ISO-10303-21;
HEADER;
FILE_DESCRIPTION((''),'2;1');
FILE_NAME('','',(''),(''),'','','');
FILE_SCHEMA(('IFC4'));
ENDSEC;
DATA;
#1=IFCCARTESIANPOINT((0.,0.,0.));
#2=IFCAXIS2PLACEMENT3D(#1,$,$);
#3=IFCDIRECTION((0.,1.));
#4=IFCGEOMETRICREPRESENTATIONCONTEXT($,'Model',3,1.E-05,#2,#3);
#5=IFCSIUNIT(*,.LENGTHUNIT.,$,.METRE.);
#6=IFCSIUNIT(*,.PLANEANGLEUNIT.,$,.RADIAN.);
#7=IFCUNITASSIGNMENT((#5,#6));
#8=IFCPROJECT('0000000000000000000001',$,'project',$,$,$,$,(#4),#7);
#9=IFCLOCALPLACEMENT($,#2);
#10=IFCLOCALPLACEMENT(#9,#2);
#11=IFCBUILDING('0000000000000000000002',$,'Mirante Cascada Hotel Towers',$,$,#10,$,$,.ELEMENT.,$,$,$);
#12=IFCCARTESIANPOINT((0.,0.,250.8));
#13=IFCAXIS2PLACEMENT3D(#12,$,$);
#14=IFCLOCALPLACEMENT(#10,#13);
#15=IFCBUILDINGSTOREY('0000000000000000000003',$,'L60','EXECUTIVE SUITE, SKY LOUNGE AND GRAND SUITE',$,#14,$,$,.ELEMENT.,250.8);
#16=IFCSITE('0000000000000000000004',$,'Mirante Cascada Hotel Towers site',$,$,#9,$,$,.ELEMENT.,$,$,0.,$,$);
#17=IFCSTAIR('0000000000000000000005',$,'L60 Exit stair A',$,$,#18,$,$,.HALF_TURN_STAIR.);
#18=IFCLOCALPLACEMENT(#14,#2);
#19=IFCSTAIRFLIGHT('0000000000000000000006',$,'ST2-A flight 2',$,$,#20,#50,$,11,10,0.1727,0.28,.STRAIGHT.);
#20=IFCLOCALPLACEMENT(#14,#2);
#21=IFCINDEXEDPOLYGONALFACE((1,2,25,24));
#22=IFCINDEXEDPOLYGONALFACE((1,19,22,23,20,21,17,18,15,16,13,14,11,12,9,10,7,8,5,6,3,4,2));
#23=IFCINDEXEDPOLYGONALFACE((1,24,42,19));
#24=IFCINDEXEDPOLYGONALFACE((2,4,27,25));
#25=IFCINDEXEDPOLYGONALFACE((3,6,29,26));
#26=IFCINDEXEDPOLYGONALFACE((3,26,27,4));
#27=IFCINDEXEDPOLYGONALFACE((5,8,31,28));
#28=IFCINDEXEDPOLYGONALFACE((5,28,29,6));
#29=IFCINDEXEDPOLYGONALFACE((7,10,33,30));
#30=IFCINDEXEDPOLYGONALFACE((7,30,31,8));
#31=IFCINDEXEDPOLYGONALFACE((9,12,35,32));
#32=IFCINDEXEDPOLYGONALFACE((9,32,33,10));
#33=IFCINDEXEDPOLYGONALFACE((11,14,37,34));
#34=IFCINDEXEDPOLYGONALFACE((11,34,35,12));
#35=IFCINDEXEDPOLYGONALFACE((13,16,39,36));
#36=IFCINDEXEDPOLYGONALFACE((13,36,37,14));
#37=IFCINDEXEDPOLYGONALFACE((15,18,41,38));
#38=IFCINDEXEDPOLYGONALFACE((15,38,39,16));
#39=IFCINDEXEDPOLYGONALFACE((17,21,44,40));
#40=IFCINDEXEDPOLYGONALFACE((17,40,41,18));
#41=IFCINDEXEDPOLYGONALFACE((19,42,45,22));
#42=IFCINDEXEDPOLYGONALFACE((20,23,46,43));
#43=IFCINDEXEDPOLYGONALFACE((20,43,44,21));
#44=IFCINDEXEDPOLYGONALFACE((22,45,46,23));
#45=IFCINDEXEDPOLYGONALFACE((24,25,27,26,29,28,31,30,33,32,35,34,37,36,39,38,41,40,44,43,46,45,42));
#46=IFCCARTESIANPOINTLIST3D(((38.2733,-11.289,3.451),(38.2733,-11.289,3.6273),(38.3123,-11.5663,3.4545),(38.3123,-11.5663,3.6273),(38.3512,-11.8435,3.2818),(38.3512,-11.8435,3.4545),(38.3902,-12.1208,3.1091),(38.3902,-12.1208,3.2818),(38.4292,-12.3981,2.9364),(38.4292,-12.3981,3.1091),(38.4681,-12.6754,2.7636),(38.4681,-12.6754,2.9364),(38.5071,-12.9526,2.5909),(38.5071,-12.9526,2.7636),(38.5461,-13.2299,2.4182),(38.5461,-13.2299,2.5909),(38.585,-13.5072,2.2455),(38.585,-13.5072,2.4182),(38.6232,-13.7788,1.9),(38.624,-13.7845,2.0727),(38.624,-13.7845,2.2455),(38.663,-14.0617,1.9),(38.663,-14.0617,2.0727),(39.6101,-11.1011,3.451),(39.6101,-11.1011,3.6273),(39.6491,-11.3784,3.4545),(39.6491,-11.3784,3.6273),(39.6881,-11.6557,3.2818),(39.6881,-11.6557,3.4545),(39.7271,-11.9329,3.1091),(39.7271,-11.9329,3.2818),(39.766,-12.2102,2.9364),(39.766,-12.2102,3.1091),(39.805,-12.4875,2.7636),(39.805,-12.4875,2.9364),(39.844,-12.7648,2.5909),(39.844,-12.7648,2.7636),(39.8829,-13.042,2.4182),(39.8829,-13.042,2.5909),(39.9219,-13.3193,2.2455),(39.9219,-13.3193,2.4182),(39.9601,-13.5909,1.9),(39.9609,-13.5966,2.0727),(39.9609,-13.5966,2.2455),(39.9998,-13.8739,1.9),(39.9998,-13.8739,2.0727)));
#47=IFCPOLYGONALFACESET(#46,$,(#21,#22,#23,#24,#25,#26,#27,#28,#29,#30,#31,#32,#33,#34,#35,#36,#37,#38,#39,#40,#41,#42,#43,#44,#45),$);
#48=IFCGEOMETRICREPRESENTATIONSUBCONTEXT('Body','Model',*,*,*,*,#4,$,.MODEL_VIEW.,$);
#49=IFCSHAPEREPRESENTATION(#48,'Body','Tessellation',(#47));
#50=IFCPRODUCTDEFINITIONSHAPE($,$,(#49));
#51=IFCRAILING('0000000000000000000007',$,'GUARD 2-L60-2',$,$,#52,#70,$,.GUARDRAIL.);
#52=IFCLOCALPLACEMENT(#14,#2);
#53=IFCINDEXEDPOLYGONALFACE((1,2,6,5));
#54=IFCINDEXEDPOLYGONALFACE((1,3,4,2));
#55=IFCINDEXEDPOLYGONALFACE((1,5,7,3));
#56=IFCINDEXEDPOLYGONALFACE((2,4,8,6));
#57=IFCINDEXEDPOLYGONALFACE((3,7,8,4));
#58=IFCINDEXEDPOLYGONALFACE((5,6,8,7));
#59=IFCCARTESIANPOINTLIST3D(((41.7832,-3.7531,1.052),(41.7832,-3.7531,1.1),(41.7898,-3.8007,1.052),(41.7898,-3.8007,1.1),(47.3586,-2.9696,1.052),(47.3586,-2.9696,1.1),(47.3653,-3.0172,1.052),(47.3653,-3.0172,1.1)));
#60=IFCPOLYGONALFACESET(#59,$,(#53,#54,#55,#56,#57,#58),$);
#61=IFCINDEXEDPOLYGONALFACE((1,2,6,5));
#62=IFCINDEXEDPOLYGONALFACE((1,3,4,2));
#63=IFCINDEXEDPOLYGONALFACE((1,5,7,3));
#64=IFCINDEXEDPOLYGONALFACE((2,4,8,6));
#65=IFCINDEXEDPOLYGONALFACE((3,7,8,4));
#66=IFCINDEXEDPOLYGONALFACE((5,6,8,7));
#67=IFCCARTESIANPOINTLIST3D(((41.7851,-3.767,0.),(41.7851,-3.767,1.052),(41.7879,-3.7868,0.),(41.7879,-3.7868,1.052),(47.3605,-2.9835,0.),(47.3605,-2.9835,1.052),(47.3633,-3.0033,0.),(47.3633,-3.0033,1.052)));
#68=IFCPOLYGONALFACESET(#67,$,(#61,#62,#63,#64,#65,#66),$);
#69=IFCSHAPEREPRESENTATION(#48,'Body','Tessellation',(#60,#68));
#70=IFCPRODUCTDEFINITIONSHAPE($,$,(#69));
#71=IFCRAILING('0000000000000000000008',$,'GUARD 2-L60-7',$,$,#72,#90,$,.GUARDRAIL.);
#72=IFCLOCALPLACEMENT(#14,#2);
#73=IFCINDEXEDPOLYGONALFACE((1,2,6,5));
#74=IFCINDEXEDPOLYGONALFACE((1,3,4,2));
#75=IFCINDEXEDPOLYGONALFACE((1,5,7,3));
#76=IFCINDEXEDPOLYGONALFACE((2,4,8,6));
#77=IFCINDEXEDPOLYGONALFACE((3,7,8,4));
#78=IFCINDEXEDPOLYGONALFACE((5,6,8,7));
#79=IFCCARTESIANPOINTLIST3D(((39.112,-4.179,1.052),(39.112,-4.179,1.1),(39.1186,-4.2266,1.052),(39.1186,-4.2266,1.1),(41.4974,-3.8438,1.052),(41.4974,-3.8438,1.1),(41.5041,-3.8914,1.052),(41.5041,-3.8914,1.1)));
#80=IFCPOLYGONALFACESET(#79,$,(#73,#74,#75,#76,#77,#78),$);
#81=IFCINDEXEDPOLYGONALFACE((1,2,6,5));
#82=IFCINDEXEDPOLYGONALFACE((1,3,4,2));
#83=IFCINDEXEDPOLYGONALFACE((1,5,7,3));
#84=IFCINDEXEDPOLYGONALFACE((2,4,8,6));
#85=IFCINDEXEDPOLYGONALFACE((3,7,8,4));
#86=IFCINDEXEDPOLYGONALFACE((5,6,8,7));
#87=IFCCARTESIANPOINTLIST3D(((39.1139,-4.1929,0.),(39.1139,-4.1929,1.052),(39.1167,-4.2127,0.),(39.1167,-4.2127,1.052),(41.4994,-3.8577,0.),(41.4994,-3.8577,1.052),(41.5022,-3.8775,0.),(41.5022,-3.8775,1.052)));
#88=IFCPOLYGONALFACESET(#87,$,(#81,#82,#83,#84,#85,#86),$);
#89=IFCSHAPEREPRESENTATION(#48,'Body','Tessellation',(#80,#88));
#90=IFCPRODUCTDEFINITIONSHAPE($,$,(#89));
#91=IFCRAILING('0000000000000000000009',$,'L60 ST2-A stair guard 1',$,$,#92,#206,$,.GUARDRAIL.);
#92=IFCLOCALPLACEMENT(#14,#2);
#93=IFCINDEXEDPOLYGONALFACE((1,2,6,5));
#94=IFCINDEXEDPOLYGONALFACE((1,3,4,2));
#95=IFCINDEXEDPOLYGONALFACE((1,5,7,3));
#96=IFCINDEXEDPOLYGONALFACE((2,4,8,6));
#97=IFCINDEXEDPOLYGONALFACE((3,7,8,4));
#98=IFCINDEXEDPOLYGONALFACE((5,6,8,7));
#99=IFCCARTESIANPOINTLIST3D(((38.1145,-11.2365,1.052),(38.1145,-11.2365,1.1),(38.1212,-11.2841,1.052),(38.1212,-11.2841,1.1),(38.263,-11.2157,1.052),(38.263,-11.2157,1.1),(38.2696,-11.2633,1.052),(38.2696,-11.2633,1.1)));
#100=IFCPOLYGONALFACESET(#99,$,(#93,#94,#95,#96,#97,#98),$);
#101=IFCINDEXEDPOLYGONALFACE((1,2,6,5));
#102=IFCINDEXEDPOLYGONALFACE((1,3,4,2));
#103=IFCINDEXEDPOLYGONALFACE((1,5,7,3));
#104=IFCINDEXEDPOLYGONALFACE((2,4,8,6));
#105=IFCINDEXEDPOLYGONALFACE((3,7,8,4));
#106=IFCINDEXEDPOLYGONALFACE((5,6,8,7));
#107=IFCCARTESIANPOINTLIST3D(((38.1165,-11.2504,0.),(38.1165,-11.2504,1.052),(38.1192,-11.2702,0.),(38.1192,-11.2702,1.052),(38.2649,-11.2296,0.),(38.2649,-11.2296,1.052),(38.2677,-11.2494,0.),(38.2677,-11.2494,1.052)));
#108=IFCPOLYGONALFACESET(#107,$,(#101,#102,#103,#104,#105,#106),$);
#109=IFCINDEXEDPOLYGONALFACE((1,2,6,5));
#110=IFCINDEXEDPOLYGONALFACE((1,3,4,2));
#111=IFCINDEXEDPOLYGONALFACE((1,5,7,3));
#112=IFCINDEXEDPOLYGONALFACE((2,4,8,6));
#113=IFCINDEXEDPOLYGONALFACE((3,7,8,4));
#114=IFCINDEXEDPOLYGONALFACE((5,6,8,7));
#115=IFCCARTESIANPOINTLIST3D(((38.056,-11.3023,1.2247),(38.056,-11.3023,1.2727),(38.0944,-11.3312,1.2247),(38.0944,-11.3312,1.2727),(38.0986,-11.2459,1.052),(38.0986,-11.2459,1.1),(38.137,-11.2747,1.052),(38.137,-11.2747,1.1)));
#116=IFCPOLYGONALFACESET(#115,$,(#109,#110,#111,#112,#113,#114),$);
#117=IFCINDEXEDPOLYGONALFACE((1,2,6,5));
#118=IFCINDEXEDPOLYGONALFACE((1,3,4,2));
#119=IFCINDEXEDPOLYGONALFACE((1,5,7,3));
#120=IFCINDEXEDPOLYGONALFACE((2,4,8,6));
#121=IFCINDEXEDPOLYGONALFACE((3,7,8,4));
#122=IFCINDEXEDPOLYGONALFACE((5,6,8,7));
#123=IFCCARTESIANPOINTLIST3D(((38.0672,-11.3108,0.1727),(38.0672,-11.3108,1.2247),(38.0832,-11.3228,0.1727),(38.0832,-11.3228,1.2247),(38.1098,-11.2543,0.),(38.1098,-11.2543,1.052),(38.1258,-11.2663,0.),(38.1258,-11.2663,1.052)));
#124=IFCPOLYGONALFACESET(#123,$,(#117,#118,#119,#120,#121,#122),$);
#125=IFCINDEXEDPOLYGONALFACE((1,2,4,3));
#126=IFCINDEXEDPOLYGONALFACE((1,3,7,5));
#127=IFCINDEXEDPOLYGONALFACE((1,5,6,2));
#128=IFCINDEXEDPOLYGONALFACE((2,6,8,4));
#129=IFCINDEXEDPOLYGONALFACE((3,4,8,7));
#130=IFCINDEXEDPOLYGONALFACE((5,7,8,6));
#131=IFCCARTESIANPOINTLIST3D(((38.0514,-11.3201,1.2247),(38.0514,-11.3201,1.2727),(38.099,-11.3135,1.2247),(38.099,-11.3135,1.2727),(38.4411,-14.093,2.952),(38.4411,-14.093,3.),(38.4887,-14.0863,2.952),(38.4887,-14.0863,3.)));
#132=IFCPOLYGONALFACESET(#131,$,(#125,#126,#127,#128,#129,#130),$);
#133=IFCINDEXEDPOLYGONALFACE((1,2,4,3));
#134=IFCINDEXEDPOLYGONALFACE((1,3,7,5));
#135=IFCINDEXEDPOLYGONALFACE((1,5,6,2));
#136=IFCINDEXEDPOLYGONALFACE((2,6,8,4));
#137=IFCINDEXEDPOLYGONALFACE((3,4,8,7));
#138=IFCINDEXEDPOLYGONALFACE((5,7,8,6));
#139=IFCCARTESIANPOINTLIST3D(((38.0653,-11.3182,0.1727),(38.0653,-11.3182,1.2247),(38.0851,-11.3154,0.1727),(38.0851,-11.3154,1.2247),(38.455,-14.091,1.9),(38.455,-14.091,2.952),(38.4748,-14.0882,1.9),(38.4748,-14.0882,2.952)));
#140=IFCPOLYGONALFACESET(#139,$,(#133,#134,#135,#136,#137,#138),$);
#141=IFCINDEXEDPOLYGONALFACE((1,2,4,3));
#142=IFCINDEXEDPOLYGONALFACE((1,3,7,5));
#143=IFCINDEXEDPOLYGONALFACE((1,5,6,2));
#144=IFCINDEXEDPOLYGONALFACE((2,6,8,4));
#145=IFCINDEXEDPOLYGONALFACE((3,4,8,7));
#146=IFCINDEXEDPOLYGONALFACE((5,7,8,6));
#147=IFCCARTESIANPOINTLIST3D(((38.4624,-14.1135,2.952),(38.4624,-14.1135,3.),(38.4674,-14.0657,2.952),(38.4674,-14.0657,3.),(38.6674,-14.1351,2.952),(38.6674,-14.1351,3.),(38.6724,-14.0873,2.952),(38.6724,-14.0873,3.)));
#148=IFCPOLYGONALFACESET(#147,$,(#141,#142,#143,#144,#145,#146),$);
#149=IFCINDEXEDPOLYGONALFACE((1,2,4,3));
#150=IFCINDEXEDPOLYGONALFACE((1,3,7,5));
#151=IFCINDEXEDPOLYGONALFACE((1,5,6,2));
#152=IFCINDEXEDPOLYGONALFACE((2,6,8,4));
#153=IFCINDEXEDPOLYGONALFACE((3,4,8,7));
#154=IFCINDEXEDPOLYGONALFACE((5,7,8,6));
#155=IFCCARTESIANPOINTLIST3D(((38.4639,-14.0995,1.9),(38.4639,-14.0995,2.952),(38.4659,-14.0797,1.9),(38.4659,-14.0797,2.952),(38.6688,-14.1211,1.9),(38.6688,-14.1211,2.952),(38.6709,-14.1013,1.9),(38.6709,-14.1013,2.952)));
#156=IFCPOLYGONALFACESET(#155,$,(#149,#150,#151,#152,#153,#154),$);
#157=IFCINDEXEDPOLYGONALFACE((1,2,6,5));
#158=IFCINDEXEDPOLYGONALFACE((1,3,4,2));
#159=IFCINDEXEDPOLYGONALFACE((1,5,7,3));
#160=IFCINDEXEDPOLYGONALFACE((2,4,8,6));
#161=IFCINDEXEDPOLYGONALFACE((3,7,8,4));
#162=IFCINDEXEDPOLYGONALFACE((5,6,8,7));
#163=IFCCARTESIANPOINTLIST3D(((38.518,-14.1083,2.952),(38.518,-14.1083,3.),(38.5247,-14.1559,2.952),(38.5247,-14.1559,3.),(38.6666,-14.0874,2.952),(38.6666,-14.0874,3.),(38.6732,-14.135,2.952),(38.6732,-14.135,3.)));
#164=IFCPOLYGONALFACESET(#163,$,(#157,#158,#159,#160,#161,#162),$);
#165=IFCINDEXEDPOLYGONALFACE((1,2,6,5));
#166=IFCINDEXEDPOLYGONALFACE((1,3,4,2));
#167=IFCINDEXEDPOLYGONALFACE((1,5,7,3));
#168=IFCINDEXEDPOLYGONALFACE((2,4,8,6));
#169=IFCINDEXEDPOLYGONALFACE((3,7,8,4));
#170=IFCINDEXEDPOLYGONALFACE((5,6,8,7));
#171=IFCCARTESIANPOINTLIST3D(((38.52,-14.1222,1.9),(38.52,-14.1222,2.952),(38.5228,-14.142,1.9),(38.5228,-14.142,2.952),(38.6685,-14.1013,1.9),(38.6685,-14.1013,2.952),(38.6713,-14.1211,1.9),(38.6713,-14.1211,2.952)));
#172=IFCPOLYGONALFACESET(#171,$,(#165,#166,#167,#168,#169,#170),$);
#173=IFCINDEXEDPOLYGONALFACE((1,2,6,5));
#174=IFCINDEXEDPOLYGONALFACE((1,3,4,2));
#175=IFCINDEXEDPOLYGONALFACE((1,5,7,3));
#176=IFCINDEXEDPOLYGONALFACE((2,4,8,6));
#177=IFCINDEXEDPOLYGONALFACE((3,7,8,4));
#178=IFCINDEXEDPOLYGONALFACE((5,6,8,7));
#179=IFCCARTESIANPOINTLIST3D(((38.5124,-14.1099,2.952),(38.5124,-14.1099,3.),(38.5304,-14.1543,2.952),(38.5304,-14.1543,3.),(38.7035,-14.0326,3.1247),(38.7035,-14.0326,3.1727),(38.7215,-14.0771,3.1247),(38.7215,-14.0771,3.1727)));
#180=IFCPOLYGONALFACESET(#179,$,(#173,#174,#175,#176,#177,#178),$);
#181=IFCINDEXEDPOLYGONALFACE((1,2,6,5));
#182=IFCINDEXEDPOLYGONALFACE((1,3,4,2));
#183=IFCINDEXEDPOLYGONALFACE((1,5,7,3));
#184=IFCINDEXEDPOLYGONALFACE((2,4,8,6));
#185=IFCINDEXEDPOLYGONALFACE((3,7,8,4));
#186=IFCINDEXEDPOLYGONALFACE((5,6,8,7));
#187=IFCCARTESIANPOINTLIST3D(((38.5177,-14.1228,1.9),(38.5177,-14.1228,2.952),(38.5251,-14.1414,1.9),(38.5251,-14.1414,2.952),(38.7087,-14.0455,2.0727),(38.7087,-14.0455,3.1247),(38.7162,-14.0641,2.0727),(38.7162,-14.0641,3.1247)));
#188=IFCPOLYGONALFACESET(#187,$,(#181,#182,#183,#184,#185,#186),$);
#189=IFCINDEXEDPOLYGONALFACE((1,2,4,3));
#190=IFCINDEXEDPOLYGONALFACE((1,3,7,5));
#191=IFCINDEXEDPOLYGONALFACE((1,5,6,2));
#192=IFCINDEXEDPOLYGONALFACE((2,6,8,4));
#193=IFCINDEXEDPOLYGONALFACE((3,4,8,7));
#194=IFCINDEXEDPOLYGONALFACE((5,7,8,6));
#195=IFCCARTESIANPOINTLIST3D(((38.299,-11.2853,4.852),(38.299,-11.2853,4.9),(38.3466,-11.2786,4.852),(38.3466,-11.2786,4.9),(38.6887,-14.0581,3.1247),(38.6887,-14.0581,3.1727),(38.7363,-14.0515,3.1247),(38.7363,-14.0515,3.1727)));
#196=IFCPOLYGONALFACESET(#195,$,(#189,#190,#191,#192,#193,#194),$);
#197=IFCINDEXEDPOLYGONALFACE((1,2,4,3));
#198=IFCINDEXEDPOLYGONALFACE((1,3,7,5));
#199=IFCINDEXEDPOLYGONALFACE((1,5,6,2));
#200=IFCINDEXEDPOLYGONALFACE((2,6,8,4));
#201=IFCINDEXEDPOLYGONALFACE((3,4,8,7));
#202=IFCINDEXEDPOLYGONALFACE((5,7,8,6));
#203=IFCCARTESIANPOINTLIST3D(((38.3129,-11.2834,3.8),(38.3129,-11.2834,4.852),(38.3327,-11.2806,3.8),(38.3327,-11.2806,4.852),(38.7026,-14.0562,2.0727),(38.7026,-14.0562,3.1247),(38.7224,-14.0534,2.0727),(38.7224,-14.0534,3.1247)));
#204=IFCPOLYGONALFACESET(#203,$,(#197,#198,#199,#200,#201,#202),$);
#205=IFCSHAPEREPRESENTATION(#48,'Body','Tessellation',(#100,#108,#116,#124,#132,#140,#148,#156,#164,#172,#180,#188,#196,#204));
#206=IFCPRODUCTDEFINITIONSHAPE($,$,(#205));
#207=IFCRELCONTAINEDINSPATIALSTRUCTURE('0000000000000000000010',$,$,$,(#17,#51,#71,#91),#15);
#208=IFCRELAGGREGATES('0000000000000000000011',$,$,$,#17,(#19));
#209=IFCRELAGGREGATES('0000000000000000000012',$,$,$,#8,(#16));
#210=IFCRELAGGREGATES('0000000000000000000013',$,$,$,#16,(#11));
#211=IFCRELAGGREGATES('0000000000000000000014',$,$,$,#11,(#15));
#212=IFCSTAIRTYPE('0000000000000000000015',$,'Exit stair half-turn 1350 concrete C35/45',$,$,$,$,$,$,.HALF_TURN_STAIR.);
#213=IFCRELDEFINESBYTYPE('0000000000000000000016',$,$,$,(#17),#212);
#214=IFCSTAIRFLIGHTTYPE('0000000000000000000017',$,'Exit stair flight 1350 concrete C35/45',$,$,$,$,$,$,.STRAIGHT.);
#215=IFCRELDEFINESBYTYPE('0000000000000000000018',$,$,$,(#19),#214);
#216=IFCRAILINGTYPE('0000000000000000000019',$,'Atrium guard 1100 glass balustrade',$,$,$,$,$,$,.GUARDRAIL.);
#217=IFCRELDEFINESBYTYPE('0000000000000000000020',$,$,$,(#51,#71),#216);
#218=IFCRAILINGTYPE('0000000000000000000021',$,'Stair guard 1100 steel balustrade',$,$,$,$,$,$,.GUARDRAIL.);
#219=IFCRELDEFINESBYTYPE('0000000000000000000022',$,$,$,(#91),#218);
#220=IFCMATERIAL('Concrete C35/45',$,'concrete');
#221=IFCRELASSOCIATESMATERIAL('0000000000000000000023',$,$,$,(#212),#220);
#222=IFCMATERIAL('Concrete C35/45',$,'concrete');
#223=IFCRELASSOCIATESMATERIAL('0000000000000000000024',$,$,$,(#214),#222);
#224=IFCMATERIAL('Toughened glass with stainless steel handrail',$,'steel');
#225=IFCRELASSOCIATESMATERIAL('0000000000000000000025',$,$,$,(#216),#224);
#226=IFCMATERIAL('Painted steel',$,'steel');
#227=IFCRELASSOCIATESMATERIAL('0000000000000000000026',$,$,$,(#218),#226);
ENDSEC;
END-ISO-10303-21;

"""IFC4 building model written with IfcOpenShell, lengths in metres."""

from ifc_helpers import new_model, si_unit, direction, frame, origin, origin_2d, place, context, subcontext, project, spatial, polyline, rectangle, outline, extrude, material, type_object, element, aggregate, save


model = new_model("IFC4")

# Units and contexts
model_context = context("Model", 3, precision=1e-05, world=origin(), true_north=direction((0.0, 1.0)))
body_context = subcontext(model_context, "Body", "Model", "MODEL_VIEW")
ifc_project = project(units=[si_unit("LENGTHUNIT", "METRE"), si_unit("PLANEANGLEUNIT", "RADIAN")], contexts=[model_context])

# Site, building, storey
site_placement = place(None, origin())
site = spatial("IfcSite", under=ifc_project, at=site_placement, Name="Mirante Cascada Hotel Towers site", CompositionType="ELEMENT", RefElevation=0.0)
building_placement = place(site_placement, origin())
building = spatial("IfcBuilding", under=site, at=building_placement, Name="Mirante Cascada Hotel Towers", CompositionType="ELEMENT")
storey_placement = place(building_placement, frame((0.0, 0.0, 250.8)))
storey = spatial("IfcBuildingStorey", under=building, at=storey_placement, Name="L60", Description="EXECUTIVE SUITE, SKY LOUNGE AND GRAND SUITE", CompositionType="ELEMENT", Elevation=250.8)

# Stair, stair flight
ifc_material_1 = material(Name="Concrete C35/45", Category="concrete")
stair_type = type_object("IfcStairType", Name="Exit stair half-turn 1350 concrete C35/45", PredefinedType="HALF_TURN_STAIR", material=ifc_material_1)
stair_placement = place(storey_placement, origin())
stair = element("IfcStair", 1, at=stair_placement, inside=storey, type_object=stair_type, Name="L60 Exit stair A", PredefinedType="HALF_TURN_STAIR")
ifc_material_2 = material(Name="Concrete C35/45", Category="concrete")
stair_flight_type = type_object("IfcStairFlightType", Name="Exit stair flight 1350 concrete C35/45", PredefinedType="STRAIGHT", material=ifc_material_2)
stair_flight_placement = place(storey_placement, frame((39.3314, -13.9678, 1.9), z_axis=(0.0, 0.0, 1.0), x_axis=(-0.139173, 0.990268, 0.0)))
stair_flight = element("IfcStairFlight", 2, at=stair_flight_placement, type_object=stair_flight_type, Name="ST2-A flight 2", NumberOfRisers=11, NumberOfTreads=10, PredefinedType="STRAIGHT", RiserHeight=0.1727, TreadLength=0.28, context=body_context, shape_type="SweptSolid", body=[
    extrude(outline(polyline([(0.0, 0.0), (0.0, 0.1727), (0.28, 0.1727), (0.28, 0.3455), (0.56, 0.3455), (0.56, 0.5182), (0.84, 0.5182), (0.84, 0.6909), (1.12, 0.6909), (1.12, 0.8636), (1.4, 0.8636), (1.4, 1.0364), (1.68, 1.0364), (1.68, 1.2091), (1.96, 1.2091), (1.96, 1.3818), (2.24, 1.3818), (2.24, 1.5545), (2.52, 1.5545), (2.52, 1.7273), (2.8, 1.7273), (2.8, 1.9), (2.8, 1.551), (0.2857, 0.0), (0.0, 0.0)])), frame((0.0, 0.675, 0.0), z_axis=(0.0, -1.0, 0.0), x_axis=(1.0, 0.0, 0.0)), (0.0, 0.0, 1.0), 1.35),
])
aggregate(stair, [stair_flight])

# Railings
ifc_material_3 = material(Name="Toughened glass with stainless steel handrail", Category="steel")
railing_type_1 = type_object("IfcRailingType", Name="Atrium guard 1100 glass balustrade", PredefinedType="GUARDRAIL", material=ifc_material_3)
railing_1_placement = place(storey_placement, frame((41.7865, -3.7769, 0.0)))
element("IfcRailing", 3, at=railing_1_placement, inside=storey, type_object=railing_type_1, Name="GUARD 2-L60-2", PredefinedType="GUARDRAIL", context=body_context, shape_type="SweptSolid", body=[
    extrude(rectangle(XDim=0.048, YDim=0.048, at=origin_2d()), frame((0.0, 0.0, 1.076), z_axis=(0.99027, 0.139161, 0.0), x_axis=(-0.139161, 0.99027, 0.0)), (0.0, 0.0, 1.0), 5.6302),
    extrude(rectangle(XDim=0.02, YDim=1.052, at=origin_2d()), frame((0.0, 0.0, 0.526), z_axis=(0.99027, 0.139161, 0.0), x_axis=(-0.139161, 0.99027, 0.0)), (0.0, 0.0, 1.0), 5.6302),
])
railing_2_placement = place(storey_placement, frame((39.1153, -4.2028, 0.0)))
element("IfcRailing", 4, at=railing_2_placement, inside=storey, type_object=railing_type_1, Name="GUARD 2-L60-7", PredefinedType="GUARDRAIL", context=body_context, shape_type="SweptSolid", body=[
    extrude(rectangle(XDim=0.048, YDim=0.048, at=origin_2d()), frame((0.0, 0.0, 1.076), z_axis=(0.990271, 0.139149, 0.0), x_axis=(-0.139149, 0.990271, 0.0)), (0.0, 0.0, 1.0), 2.4089),
    extrude(rectangle(XDim=0.02, YDim=1.052, at=origin_2d()), frame((0.0, 0.0, 0.526), z_axis=(0.990271, 0.139149, 0.0), x_axis=(-0.139149, 0.990271, 0.0)), (0.0, 0.0, 1.0), 2.4089),
])
ifc_material_4 = material(Name="Painted steel", Category="steel")
railing_type_2 = type_object("IfcRailingType", Name="Stair guard 1100 steel balustrade", PredefinedType="GUARDRAIL", material=ifc_material_4)
railing_3_placement = place(storey_placement, frame((38.2663, -11.2395, 0.0)))
element("IfcRailing", 5, at=railing_3_placement, inside=storey, type_object=railing_type_2, Name="L60 ST2-A stair guard 1", PredefinedType="GUARDRAIL", context=body_context, shape_type="SweptSolid", body=[
    extrude(rectangle(XDim=0.048, YDim=0.048, at=origin_2d()), frame((0.0, 0.0, 1.076), z_axis=(-0.990333, -0.138713, 0.0), x_axis=(0.138713, -0.990333, 0.0)), (0.0, 0.0, 1.0), 0.1499),
    extrude(rectangle(XDim=0.02, YDim=1.052, at=origin_2d()), frame((0.0, 0.0, 0.526), z_axis=(-0.990333, -0.138713, 0.0), x_axis=(0.138713, -0.990333, 0.0)), (0.0, 0.0, 1.0), 0.1499),
    extrude(rectangle(XDim=0.048, YDim=0.048, at=origin_2d()), frame((-0.1485, -0.0208, 1.076), z_axis=(-0.602033, -0.798471, 0.0), x_axis=(0.798471, -0.602033, 0.0)), (0.0, 0.92534, 0.379139), 0.1866),
    extrude(rectangle(XDim=0.02, YDim=1.052, at=origin_2d()), frame((-0.1485, -0.0208, 0.526), z_axis=(-0.602033, -0.798471, 0.0), x_axis=(0.798471, -0.602033, 0.0)), (0.0, 0.92534, 0.379139), 0.1866),
    extrude(rectangle(XDim=0.048, YDim=0.048, at=origin_2d()), frame((-0.1911, -0.0773, 1.2487), z_axis=(0.139176, -0.990268, 0.0), x_axis=(0.990268, 0.139176, 0.0)), (0.0, 0.525021, 0.851089), 3.29),
    extrude(rectangle(XDim=0.02, YDim=1.052, at=origin_2d()), frame((-0.1911, -0.0773, 0.6987), z_axis=(0.139176, -0.990268, 0.0), x_axis=(0.990268, 0.139176, 0.0)), (0.0, 0.525021, 0.851089), 3.29),
    extrude(rectangle(XDim=0.048, YDim=0.048, at=origin_2d()), frame((0.1986, -2.8501, 2.976), z_axis=(0.994495, -0.104786, 0.0), x_axis=(0.104786, 0.994495, 0.0)), (0.0, 0.0, 1.0), 0.2061),
    extrude(rectangle(XDim=0.02, YDim=1.052, at=origin_2d()), frame((0.1986, -2.8501, 2.426), z_axis=(0.994495, -0.104786, 0.0), x_axis=(0.104786, 0.994495, 0.0)), (0.0, 0.0, 1.0), 0.2061),
    extrude(rectangle(XDim=0.048, YDim=0.048, at=origin_2d()), frame((0.4036, -2.8717, 2.976), z_axis=(-0.990241, -0.139367, 0.0), x_axis=(0.139367, -0.990241, 0.0)), (0.0, 0.0, 1.0), 0.15),
    extrude(rectangle(XDim=0.02, YDim=1.052, at=origin_2d()), frame((0.4036, -2.8717, 2.426), z_axis=(-0.990241, -0.139367, 0.0), x_axis=(0.139367, -0.990241, 0.0)), (0.0, 0.0, 1.0), 0.15),
    extrude(rectangle(XDim=0.048, YDim=0.048, at=origin_2d()), frame((0.2551, -2.8926, 2.976), z_axis=(0.927031, 0.374984, 0.0), x_axis=(-0.374984, 0.927031, 0.0)), (0.0, 0.64219, 0.766545), 0.2689),
    extrude(rectangle(XDim=0.02, YDim=1.052, at=origin_2d()), frame((0.2551, -2.8926, 2.426), z_axis=(0.927031, 0.374984, 0.0), x_axis=(-0.374984, 0.927031, 0.0)), (0.0, 0.64219, 0.766545), 0.2689),
    extrude(rectangle(XDim=0.048, YDim=0.048, at=origin_2d()), frame((0.4462, -2.8153, 3.1487), z_axis=(-0.139176, 0.990268, 0.0), x_axis=(-0.990268, -0.139176, 0.0)), (0.0, 0.525021, 0.851089), 3.29),
    extrude(rectangle(XDim=0.02, YDim=1.052, at=origin_2d()), frame((0.4462, -2.8153, 2.5987), z_axis=(-0.139176, 0.990268, 0.0), x_axis=(-0.990268, -0.139176, 0.0)), (0.0, 0.525021, 0.851089), 3.29),
])

save(model, "model.ifc")
